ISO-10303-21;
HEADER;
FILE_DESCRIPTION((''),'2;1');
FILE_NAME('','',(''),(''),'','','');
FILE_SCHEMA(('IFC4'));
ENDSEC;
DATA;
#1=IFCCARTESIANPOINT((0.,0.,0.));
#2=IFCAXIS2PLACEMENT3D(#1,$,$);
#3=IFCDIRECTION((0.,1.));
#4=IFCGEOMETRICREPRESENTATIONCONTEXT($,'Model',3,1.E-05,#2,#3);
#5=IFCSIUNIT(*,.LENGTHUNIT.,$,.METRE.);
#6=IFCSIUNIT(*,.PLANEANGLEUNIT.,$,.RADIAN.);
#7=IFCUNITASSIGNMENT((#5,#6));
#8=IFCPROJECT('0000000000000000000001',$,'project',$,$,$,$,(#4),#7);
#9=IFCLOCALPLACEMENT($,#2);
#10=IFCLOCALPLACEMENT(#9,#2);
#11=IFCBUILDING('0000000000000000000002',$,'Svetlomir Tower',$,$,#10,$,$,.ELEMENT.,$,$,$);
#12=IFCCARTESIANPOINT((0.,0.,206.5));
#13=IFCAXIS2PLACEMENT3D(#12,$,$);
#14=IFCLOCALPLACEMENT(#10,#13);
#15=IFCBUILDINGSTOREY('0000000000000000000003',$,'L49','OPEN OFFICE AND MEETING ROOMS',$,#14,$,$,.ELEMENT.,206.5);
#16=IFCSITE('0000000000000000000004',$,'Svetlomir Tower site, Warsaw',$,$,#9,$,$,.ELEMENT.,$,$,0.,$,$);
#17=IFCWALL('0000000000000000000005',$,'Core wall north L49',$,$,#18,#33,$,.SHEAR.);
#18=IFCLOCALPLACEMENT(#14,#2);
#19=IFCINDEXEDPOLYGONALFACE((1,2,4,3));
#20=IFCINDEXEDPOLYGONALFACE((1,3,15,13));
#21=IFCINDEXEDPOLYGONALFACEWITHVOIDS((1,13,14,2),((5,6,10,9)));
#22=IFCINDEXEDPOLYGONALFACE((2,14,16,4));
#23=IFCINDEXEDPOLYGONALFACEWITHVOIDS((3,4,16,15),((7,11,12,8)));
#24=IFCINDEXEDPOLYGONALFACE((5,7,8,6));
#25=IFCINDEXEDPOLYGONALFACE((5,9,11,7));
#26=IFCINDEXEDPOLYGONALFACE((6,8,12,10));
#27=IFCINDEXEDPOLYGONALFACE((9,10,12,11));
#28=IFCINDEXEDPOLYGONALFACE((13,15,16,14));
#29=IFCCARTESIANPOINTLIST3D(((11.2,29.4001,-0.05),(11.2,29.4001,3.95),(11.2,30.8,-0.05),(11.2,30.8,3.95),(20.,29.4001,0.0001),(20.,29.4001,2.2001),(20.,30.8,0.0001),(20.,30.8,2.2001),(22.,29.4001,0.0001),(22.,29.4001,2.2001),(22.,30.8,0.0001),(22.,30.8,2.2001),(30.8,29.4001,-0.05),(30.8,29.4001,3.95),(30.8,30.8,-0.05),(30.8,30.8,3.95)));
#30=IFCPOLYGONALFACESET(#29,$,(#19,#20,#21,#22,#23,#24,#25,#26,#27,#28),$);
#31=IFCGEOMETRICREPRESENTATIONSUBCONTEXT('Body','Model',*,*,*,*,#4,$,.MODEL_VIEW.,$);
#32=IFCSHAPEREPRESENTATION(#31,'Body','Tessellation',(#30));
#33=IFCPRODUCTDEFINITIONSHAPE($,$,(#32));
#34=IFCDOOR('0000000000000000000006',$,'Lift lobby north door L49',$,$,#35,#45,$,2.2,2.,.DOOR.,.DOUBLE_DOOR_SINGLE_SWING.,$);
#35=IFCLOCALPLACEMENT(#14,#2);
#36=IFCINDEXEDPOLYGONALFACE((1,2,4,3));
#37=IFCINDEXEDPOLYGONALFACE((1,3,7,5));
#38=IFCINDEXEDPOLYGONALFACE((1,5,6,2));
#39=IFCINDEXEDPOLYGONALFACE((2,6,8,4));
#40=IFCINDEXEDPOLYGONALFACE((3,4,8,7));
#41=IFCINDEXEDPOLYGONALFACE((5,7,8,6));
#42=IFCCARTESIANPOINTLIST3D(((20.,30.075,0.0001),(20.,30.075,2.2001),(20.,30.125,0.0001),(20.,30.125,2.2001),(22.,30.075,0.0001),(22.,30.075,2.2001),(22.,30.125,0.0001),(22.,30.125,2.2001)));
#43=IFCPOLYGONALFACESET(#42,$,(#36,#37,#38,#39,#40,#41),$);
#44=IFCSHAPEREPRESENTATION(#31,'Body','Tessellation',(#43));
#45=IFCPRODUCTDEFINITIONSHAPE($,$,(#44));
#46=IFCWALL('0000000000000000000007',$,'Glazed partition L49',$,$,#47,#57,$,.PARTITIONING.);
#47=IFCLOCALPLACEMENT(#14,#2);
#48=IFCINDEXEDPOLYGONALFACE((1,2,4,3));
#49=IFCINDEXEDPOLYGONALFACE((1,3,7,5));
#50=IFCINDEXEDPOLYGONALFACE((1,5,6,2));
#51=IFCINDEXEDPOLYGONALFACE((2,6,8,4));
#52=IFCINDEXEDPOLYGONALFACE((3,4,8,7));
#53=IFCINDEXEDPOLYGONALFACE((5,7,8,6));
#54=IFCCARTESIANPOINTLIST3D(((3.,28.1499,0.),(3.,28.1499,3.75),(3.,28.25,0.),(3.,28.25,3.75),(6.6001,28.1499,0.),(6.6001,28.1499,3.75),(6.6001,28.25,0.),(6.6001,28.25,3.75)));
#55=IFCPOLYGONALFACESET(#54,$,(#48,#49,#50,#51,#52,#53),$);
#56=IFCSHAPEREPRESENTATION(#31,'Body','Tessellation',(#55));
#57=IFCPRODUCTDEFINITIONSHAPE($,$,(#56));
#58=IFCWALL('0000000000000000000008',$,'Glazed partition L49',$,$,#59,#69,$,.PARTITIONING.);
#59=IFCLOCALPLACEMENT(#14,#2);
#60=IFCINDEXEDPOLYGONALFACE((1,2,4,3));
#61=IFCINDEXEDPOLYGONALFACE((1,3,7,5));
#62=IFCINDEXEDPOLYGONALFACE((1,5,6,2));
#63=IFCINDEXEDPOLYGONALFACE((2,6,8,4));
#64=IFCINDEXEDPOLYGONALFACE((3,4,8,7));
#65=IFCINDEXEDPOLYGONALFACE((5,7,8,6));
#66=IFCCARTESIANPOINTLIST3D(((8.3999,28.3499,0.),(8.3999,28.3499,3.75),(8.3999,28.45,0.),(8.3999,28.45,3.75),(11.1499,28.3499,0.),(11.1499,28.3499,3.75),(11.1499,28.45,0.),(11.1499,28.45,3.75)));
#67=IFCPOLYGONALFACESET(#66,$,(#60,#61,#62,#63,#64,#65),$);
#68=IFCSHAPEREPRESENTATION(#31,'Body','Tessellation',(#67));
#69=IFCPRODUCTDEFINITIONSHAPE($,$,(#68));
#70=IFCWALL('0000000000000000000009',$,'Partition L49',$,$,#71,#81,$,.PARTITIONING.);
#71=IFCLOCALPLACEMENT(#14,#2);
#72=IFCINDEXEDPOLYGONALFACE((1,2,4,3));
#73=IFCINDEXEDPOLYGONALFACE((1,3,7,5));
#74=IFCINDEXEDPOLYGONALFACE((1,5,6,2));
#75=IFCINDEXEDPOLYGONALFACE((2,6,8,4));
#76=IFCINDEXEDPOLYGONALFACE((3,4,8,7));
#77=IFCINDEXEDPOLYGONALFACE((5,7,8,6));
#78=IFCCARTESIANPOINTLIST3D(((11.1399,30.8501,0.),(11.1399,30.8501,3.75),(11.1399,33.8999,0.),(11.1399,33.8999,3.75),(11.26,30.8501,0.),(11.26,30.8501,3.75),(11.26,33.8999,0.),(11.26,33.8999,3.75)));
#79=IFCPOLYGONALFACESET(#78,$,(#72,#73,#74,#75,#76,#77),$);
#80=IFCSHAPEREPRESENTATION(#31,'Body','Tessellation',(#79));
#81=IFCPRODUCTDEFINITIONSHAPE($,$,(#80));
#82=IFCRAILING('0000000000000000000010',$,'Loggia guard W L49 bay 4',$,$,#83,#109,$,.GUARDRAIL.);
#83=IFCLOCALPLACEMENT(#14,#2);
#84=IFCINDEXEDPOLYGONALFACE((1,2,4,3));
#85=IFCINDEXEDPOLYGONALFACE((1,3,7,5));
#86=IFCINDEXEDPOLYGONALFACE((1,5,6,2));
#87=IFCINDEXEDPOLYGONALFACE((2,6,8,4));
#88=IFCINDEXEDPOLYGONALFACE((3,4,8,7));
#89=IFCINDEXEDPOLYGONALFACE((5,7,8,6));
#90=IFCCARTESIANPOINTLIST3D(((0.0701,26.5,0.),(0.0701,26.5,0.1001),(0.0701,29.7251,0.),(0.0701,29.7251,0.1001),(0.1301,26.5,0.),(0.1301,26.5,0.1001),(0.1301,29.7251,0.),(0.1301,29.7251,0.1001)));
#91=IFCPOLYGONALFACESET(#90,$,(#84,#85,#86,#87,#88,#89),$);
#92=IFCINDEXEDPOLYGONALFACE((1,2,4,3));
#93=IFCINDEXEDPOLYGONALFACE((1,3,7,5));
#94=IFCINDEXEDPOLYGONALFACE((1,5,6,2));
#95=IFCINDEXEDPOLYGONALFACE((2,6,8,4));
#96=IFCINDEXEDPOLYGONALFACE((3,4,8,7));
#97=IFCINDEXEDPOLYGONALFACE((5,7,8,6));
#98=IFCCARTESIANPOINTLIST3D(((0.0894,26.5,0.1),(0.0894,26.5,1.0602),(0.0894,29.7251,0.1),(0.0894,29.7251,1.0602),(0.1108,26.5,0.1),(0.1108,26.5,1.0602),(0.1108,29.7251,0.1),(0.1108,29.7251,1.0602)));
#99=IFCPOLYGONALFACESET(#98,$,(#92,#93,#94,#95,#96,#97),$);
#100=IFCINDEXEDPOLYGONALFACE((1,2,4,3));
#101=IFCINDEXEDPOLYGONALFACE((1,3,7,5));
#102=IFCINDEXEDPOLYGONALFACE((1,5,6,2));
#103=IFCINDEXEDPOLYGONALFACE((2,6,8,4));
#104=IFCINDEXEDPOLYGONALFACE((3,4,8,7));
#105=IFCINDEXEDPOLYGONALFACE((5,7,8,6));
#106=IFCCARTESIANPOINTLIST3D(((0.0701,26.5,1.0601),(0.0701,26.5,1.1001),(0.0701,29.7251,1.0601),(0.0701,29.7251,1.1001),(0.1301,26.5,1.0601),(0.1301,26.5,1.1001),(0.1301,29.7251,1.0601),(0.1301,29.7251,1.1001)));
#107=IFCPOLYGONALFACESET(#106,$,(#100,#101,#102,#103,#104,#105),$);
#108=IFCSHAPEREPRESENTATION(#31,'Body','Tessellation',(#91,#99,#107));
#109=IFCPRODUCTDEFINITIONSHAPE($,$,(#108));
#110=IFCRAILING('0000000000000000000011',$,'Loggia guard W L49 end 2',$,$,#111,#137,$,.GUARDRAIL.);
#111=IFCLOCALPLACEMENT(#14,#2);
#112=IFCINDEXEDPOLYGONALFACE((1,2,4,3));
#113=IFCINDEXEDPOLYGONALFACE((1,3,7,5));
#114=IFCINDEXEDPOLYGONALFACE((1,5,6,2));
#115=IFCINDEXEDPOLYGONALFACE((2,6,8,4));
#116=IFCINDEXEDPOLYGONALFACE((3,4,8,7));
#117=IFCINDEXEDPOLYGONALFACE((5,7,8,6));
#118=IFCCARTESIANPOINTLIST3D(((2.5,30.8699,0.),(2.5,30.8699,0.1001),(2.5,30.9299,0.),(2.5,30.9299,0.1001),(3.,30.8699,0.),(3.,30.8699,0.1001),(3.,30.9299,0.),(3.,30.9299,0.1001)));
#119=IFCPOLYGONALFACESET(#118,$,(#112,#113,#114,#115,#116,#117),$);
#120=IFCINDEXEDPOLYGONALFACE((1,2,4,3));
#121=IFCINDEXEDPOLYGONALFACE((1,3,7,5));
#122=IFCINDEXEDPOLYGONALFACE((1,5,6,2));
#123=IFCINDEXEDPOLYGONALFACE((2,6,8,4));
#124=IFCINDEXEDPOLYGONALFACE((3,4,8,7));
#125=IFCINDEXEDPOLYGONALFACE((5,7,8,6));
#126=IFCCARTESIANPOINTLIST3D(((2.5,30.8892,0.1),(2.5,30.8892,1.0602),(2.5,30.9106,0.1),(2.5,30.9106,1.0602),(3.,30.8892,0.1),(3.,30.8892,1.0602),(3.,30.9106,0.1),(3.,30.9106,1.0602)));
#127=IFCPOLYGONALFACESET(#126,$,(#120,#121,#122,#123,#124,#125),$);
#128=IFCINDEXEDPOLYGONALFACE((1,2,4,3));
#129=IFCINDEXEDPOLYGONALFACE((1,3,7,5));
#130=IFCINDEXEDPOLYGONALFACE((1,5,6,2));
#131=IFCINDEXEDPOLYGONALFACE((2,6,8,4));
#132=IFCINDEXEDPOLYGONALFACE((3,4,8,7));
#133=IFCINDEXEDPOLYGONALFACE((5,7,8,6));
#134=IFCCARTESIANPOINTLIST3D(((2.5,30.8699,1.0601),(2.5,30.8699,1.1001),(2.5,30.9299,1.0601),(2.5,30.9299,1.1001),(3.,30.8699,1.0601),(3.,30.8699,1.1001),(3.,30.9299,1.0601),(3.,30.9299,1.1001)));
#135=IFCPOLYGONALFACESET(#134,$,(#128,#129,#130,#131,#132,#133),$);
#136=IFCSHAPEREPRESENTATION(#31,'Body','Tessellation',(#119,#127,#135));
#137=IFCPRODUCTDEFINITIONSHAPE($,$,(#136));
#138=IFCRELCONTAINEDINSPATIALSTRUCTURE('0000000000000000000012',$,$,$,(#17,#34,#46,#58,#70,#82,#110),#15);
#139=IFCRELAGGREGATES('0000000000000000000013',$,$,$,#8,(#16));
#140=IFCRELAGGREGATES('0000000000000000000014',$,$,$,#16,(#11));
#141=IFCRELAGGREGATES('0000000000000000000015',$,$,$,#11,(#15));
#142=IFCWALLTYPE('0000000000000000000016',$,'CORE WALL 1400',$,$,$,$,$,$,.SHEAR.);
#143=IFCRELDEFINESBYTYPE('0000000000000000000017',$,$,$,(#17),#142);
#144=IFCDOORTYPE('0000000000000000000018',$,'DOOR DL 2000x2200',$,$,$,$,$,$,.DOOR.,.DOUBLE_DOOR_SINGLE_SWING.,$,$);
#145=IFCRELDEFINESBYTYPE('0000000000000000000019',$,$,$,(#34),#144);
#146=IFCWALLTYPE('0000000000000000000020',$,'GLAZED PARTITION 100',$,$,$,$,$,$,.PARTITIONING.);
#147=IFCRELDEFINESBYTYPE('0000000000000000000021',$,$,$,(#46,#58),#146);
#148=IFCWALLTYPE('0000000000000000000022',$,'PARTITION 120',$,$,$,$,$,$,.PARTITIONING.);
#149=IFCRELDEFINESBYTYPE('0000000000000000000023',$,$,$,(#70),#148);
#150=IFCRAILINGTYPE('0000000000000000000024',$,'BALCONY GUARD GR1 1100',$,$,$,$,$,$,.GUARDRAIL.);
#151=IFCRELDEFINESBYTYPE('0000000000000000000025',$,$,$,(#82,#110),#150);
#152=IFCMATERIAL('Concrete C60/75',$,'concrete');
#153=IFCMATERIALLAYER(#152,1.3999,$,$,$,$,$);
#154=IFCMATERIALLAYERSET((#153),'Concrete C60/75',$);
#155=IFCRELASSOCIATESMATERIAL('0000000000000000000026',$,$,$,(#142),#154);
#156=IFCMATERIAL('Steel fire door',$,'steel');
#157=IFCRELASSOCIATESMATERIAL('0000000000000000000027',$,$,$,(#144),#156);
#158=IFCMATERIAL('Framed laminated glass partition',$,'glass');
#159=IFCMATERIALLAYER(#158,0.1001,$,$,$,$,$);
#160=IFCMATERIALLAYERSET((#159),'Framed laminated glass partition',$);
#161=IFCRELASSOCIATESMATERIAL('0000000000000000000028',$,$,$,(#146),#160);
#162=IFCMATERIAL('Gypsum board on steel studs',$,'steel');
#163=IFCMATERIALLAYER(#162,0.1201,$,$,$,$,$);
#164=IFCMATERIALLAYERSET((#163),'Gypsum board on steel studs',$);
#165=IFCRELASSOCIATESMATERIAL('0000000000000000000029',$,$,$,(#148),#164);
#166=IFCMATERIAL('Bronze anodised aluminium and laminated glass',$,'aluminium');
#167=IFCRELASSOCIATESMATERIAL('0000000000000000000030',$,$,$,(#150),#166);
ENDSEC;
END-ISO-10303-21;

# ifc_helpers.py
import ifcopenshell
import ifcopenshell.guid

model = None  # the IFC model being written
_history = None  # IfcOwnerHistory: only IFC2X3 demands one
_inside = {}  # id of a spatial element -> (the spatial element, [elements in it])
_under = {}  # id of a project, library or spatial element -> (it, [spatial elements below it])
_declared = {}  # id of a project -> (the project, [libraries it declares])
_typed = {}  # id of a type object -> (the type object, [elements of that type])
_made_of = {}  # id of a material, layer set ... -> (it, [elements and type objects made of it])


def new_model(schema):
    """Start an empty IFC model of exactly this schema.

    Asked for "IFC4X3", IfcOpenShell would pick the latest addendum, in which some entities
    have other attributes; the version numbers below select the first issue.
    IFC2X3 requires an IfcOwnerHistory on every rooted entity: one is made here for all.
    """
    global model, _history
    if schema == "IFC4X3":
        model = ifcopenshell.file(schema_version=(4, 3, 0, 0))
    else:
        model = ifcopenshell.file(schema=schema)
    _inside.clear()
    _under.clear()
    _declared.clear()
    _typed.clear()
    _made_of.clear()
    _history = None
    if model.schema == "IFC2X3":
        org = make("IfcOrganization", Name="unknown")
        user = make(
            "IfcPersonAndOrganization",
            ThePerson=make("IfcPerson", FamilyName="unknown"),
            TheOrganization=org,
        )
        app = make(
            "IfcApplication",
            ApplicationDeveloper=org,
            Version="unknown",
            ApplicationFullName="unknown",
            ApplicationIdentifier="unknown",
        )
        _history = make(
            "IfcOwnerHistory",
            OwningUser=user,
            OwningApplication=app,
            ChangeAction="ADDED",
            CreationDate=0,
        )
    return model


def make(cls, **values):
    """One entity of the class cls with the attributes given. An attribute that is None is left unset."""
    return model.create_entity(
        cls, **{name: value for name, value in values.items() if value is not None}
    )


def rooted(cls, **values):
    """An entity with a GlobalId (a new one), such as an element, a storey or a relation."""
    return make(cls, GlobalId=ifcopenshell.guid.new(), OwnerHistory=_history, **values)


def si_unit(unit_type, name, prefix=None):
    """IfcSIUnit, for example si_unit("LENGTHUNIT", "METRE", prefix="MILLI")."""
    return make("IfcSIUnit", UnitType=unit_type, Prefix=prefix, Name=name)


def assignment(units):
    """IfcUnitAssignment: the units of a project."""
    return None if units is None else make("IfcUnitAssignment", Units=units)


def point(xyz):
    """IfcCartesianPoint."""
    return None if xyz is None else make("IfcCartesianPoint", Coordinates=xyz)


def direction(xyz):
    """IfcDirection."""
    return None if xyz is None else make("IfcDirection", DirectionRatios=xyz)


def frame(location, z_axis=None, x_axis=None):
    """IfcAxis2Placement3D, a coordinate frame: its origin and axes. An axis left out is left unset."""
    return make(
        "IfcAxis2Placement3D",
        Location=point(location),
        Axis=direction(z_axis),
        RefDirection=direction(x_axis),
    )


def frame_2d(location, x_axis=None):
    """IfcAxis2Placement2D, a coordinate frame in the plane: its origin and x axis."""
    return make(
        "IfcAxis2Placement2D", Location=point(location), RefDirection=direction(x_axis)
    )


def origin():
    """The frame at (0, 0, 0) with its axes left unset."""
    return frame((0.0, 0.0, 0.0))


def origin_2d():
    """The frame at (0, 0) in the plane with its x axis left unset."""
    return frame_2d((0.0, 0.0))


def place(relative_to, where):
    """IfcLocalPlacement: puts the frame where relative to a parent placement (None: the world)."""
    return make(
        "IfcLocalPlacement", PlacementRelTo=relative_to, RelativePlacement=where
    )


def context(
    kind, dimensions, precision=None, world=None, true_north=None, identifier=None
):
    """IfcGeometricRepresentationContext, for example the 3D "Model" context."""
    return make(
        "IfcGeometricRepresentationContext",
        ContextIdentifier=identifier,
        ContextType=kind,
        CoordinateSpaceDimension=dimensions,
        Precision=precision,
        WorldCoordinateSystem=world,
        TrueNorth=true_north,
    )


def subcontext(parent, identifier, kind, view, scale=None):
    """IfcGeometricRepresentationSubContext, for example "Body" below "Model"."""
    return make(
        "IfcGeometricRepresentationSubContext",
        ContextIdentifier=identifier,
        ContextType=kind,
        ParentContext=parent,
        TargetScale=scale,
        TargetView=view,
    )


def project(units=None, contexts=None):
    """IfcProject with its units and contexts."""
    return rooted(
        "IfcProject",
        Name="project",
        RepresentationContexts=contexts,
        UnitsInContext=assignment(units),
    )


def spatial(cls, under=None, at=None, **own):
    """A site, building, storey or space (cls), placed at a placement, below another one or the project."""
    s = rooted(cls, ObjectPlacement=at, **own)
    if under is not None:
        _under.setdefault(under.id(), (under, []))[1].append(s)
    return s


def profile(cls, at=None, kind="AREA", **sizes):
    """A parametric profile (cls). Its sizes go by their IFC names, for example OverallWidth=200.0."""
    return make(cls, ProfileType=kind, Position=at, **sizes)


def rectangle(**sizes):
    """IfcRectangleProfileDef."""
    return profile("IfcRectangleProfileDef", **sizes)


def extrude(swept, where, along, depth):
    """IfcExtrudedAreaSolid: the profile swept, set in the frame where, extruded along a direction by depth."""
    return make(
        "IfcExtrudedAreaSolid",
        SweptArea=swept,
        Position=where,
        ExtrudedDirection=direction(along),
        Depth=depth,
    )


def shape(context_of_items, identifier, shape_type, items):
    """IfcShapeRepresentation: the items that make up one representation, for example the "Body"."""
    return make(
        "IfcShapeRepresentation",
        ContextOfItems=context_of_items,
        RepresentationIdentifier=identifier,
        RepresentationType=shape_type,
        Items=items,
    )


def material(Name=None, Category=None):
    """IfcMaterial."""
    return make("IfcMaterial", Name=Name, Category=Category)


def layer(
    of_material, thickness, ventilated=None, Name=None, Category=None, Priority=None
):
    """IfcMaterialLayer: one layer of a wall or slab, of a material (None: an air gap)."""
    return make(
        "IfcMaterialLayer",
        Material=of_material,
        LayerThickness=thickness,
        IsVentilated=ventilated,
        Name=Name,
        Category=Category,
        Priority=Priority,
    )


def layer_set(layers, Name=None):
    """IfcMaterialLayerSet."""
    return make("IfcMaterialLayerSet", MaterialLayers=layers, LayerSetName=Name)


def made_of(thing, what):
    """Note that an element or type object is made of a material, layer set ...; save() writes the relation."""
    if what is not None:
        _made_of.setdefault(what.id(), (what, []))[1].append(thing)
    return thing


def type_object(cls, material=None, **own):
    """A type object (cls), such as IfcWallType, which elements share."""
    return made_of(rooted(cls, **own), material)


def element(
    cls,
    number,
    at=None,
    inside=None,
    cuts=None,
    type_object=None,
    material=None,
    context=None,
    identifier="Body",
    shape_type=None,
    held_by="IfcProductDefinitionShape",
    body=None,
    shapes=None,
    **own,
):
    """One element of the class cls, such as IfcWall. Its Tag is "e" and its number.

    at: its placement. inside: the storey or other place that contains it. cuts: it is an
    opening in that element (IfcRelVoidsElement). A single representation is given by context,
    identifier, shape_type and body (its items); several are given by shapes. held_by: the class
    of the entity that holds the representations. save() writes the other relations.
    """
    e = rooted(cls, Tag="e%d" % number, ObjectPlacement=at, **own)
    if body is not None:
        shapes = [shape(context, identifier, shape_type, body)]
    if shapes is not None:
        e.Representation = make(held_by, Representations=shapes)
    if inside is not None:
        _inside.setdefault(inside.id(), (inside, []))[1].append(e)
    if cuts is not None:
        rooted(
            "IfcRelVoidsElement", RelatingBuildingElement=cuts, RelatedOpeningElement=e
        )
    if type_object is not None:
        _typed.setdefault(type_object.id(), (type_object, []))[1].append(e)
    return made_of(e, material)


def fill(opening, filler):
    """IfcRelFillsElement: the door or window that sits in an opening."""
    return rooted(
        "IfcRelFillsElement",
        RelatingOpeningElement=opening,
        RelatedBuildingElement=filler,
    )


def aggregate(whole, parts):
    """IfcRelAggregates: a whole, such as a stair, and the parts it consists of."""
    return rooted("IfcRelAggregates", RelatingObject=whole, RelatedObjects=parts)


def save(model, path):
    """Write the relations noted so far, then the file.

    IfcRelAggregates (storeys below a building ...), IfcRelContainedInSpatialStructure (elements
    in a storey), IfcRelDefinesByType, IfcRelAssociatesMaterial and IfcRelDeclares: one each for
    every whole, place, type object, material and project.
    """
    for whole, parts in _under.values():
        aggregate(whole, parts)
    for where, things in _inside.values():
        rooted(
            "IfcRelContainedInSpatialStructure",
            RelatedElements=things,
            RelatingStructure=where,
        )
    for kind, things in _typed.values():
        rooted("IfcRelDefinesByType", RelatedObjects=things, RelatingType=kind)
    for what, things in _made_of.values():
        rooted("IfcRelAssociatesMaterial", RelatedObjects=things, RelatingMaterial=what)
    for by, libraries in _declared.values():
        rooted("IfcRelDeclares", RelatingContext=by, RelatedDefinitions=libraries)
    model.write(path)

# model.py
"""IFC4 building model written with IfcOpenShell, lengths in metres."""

from ifc_helpers import new_model, si_unit, direction, frame, frame_2d, origin, origin_2d, place, context, subcontext, project, spatial, rectangle, extrude, material, layer, layer_set, type_object, element, fill, save


model = new_model("IFC4")

# Units and contexts
model_context = context("Model", 3, precision=1e-05, world=origin(), true_north=direction((0.0, 1.0)))
body_context = subcontext(model_context, "Body", "Model", "MODEL_VIEW")
ifc_project = project(units=[si_unit("LENGTHUNIT", "METRE"), si_unit("PLANEANGLEUNIT", "RADIAN")], contexts=[model_context])

# Site, building, storey
site_placement = place(None, origin())
site = spatial("IfcSite", under=ifc_project, at=site_placement, Name="Svetlomir Tower site, Warsaw", CompositionType="ELEMENT", RefElevation=0.0)
building_placement = place(site_placement, origin())
building = spatial("IfcBuilding", under=site, at=building_placement, Name="Svetlomir Tower", CompositionType="ELEMENT")
storey_placement = place(building_placement, frame((0.0, 0.0, 206.5)))
storey = spatial("IfcBuildingStorey", under=building, at=storey_placement, Name="L49", Description="OPEN OFFICE AND MEETING ROOMS", CompositionType="ELEMENT", Elevation=206.5)

# Wall, opening, door
ifc_material_1 = material(Name="Concrete C60/75", Category="concrete")
ifc_layer_1 = layer(ifc_material_1, 1.3999)
ifc_layer_set_1 = layer_set([ifc_layer_1], Name="Concrete C60/75")
wall_type_1 = type_object("IfcWallType", Name="CORE WALL 1400", PredefinedType="SHEAR", material=ifc_layer_set_1)
wall_1_placement = place(storey_placement, frame((11.2, 30.1001, -0.05), z_axis=(0.0, 0.0, 1.0), x_axis=(1.0, 0.0, 0.0)))
wall_1 = element("IfcWall", 1, at=wall_1_placement, inside=storey, type_object=wall_type_1, Name="Core wall north L49", PredefinedType="SHEAR", context=body_context, shape_type="SweptSolid", body=[
    extrude(rectangle(XDim=19.6001, YDim=1.3999, at=frame_2d((9.8, 0.0))), origin(), (0.0, 0.0, 1.0), 4.0),
])
opening_placement = place(wall_1_placement, frame((8.8, 0.0, 0.05)))
opening = element("IfcOpeningElement", 2, at=opening_placement, cuts=wall_1, PredefinedType="OPENING", context=body_context, shape_type="SweptSolid", body=[
    extrude(rectangle(XDim=2.0, YDim=2.2, at=frame_2d((1.0, 1.1001))), frame((0.0, 0.71, 0.0), z_axis=(0.0, -1.0, 0.0), x_axis=(1.0, 0.0, 0.0)), (0.0, 0.0, 1.0), 1.4199),
])
ifc_material_2 = material(Name="Steel fire door", Category="steel")
door_type = type_object("IfcDoorType", Name="DOOR DL 2000x2200", OperationType="DOUBLE_DOOR_SINGLE_SWING", PredefinedType="DOOR", material=ifc_material_2)
door_placement = place(opening_placement, origin())
door = element("IfcDoor", 3, at=door_placement, inside=storey, type_object=door_type, Name="Lift lobby north door L49", OperationType="DOUBLE_DOOR_SINGLE_SWING", OverallHeight=2.2, OverallWidth=2.0, PredefinedType="DOOR", context=body_context, shape_type="SweptSolid", body=[
    extrude(rectangle(XDim=2.0, YDim=2.2, at=frame_2d((1.0, 1.1001))), frame((0.0, 0.0249, 0.0), z_axis=(0.0, -1.0, 0.0), x_axis=(1.0, 0.0, 0.0)), (0.0, 0.0, 1.0), 0.05),
])
fill(opening, door)

# Walls
ifc_material_3 = material(Name="Framed laminated glass partition", Category="glass")
ifc_layer_2 = layer(ifc_material_3, 0.1001)
ifc_layer_set_2 = layer_set([ifc_layer_2], Name="Framed laminated glass partition")
wall_type_2 = type_object("IfcWallType", Name="GLAZED PARTITION 100", PredefinedType="PARTITIONING", material=ifc_layer_set_2)
wall_2_placement = place(storey_placement, frame((3.0, 28.2, 0.0), z_axis=(0.0, 0.0, 1.0), x_axis=(1.0, 0.0, 0.0)))
element("IfcWall", 4, at=wall_2_placement, inside=storey, type_object=wall_type_2, Name="Glazed partition L49", PredefinedType="PARTITIONING", context=body_context, shape_type="SweptSolid", body=[
    extrude(rectangle(XDim=3.6001, YDim=0.1001, at=frame_2d((1.8, 0.0))), origin(), (0.0, 0.0, 1.0), 3.75),
])
wall_3_placement = place(storey_placement, frame((8.3999, 28.3999, 0.0), z_axis=(0.0, 0.0, 1.0), x_axis=(1.0, 0.0, 0.0)))
element("IfcWall", 5, at=wall_3_placement, inside=storey, type_object=wall_type_2, Name="Glazed partition L49", PredefinedType="PARTITIONING", context=body_context, shape_type="SweptSolid", body=[
    extrude(rectangle(XDim=2.75, YDim=0.1001, at=frame_2d((1.375, 0.0))), origin(), (0.0, 0.0, 1.0), 3.75),
])
ifc_material_4 = material(Name="Gypsum board on steel studs", Category="steel")
ifc_layer_3 = layer(ifc_material_4, 0.1201)
ifc_layer_set_3 = layer_set([ifc_layer_3], Name="Gypsum board on steel studs")
wall_type_3 = type_object("IfcWallType", Name="PARTITION 120", PredefinedType="PARTITIONING", material=ifc_layer_set_3)
wall_4_placement = place(storey_placement, frame((11.2, 30.8501, 0.0), z_axis=(0.0, 0.0, 1.0), x_axis=(0.0, 1.0, 0.0)))
element("IfcWall", 6, at=wall_4_placement, inside=storey, type_object=wall_type_3, Name="Partition L49", PredefinedType="PARTITIONING", context=body_context, shape_type="SweptSolid", body=[
    extrude(rectangle(XDim=3.0498, YDim=0.1201, at=frame_2d((1.5249, 0.0))), origin(), (0.0, 0.0, 1.0), 3.75),
])

# Railings
ifc_material_5 = material(Name="Bronze anodised aluminium and laminated glass", Category="aluminium")
railing_type = type_object("IfcRailingType", Name="BALCONY GUARD GR1 1100", PredefinedType="GUARDRAIL", material=ifc_material_5)
railing_1_placement = place(storey_placement, frame((0.1001, 26.5, 0.0)))
element("IfcRailing", 7, at=railing_1_placement, inside=storey, type_object=railing_type, Name="Loggia guard W L49 bay 4", PredefinedType="GUARDRAIL", context=body_context, shape_type="SweptSolid", body=[
    extrude(rectangle(XDim=0.0601, YDim=0.1001, at=origin_2d()), frame((0.0, 0.0, 0.05), z_axis=(0.0, 1.0, 0.0), x_axis=(-1.0, 0.0, 0.0)), (0.0, 0.0, 1.0), 3.2251),
    extrude(rectangle(XDim=0.0215, YDim=0.9602, at=origin_2d()), frame((0.0, 0.0, 0.5801), z_axis=(0.0, 1.0, 0.0), x_axis=(-1.0, 0.0, 0.0)), (0.0, 0.0, 1.0), 3.2251),
    extrude(rectangle(XDim=0.0601, YDim=0.04, at=origin_2d()), frame((0.0, 0.0, 1.0801), z_axis=(0.0, 1.0, 0.0), x_axis=(-1.0, 0.0, 0.0)), (0.0, 0.0, 1.0), 3.2251),
])
railing_2_placement = place(storey_placement, frame((2.5, 30.8999, 0.0)))
element("IfcRailing", 8, at=railing_2_placement, inside=storey, type_object=railing_type, Name="Loggia guard W L49 end 2", PredefinedType="GUARDRAIL", context=body_context, shape_type="SweptSolid", body=[
    extrude(rectangle(XDim=0.0601, YDim=0.1001, at=origin_2d()), frame((0.0, 0.0, 0.05), z_axis=(1.0, 0.0, 0.0), x_axis=(0.0, 1.0, 0.0)), (0.0, 0.0, 1.0), 0.5),
    extrude(rectangle(XDim=0.0215, YDim=0.9602, at=origin_2d()), frame((0.0, 0.0, 0.5801), z_axis=(1.0, 0.0, 0.0), x_axis=(0.0, 1.0, 0.0)), (0.0, 0.0, 1.0), 0.5),
    extrude(rectangle(XDim=0.0601, YDim=0.04, at=origin_2d()), frame((0.0, 0.0, 1.0801), z_axis=(1.0, 0.0, 0.0), x_axis=(0.0, 1.0, 0.0)), (0.0, 0.0, 1.0), 0.5),
])

save(model, "model.ifc")
